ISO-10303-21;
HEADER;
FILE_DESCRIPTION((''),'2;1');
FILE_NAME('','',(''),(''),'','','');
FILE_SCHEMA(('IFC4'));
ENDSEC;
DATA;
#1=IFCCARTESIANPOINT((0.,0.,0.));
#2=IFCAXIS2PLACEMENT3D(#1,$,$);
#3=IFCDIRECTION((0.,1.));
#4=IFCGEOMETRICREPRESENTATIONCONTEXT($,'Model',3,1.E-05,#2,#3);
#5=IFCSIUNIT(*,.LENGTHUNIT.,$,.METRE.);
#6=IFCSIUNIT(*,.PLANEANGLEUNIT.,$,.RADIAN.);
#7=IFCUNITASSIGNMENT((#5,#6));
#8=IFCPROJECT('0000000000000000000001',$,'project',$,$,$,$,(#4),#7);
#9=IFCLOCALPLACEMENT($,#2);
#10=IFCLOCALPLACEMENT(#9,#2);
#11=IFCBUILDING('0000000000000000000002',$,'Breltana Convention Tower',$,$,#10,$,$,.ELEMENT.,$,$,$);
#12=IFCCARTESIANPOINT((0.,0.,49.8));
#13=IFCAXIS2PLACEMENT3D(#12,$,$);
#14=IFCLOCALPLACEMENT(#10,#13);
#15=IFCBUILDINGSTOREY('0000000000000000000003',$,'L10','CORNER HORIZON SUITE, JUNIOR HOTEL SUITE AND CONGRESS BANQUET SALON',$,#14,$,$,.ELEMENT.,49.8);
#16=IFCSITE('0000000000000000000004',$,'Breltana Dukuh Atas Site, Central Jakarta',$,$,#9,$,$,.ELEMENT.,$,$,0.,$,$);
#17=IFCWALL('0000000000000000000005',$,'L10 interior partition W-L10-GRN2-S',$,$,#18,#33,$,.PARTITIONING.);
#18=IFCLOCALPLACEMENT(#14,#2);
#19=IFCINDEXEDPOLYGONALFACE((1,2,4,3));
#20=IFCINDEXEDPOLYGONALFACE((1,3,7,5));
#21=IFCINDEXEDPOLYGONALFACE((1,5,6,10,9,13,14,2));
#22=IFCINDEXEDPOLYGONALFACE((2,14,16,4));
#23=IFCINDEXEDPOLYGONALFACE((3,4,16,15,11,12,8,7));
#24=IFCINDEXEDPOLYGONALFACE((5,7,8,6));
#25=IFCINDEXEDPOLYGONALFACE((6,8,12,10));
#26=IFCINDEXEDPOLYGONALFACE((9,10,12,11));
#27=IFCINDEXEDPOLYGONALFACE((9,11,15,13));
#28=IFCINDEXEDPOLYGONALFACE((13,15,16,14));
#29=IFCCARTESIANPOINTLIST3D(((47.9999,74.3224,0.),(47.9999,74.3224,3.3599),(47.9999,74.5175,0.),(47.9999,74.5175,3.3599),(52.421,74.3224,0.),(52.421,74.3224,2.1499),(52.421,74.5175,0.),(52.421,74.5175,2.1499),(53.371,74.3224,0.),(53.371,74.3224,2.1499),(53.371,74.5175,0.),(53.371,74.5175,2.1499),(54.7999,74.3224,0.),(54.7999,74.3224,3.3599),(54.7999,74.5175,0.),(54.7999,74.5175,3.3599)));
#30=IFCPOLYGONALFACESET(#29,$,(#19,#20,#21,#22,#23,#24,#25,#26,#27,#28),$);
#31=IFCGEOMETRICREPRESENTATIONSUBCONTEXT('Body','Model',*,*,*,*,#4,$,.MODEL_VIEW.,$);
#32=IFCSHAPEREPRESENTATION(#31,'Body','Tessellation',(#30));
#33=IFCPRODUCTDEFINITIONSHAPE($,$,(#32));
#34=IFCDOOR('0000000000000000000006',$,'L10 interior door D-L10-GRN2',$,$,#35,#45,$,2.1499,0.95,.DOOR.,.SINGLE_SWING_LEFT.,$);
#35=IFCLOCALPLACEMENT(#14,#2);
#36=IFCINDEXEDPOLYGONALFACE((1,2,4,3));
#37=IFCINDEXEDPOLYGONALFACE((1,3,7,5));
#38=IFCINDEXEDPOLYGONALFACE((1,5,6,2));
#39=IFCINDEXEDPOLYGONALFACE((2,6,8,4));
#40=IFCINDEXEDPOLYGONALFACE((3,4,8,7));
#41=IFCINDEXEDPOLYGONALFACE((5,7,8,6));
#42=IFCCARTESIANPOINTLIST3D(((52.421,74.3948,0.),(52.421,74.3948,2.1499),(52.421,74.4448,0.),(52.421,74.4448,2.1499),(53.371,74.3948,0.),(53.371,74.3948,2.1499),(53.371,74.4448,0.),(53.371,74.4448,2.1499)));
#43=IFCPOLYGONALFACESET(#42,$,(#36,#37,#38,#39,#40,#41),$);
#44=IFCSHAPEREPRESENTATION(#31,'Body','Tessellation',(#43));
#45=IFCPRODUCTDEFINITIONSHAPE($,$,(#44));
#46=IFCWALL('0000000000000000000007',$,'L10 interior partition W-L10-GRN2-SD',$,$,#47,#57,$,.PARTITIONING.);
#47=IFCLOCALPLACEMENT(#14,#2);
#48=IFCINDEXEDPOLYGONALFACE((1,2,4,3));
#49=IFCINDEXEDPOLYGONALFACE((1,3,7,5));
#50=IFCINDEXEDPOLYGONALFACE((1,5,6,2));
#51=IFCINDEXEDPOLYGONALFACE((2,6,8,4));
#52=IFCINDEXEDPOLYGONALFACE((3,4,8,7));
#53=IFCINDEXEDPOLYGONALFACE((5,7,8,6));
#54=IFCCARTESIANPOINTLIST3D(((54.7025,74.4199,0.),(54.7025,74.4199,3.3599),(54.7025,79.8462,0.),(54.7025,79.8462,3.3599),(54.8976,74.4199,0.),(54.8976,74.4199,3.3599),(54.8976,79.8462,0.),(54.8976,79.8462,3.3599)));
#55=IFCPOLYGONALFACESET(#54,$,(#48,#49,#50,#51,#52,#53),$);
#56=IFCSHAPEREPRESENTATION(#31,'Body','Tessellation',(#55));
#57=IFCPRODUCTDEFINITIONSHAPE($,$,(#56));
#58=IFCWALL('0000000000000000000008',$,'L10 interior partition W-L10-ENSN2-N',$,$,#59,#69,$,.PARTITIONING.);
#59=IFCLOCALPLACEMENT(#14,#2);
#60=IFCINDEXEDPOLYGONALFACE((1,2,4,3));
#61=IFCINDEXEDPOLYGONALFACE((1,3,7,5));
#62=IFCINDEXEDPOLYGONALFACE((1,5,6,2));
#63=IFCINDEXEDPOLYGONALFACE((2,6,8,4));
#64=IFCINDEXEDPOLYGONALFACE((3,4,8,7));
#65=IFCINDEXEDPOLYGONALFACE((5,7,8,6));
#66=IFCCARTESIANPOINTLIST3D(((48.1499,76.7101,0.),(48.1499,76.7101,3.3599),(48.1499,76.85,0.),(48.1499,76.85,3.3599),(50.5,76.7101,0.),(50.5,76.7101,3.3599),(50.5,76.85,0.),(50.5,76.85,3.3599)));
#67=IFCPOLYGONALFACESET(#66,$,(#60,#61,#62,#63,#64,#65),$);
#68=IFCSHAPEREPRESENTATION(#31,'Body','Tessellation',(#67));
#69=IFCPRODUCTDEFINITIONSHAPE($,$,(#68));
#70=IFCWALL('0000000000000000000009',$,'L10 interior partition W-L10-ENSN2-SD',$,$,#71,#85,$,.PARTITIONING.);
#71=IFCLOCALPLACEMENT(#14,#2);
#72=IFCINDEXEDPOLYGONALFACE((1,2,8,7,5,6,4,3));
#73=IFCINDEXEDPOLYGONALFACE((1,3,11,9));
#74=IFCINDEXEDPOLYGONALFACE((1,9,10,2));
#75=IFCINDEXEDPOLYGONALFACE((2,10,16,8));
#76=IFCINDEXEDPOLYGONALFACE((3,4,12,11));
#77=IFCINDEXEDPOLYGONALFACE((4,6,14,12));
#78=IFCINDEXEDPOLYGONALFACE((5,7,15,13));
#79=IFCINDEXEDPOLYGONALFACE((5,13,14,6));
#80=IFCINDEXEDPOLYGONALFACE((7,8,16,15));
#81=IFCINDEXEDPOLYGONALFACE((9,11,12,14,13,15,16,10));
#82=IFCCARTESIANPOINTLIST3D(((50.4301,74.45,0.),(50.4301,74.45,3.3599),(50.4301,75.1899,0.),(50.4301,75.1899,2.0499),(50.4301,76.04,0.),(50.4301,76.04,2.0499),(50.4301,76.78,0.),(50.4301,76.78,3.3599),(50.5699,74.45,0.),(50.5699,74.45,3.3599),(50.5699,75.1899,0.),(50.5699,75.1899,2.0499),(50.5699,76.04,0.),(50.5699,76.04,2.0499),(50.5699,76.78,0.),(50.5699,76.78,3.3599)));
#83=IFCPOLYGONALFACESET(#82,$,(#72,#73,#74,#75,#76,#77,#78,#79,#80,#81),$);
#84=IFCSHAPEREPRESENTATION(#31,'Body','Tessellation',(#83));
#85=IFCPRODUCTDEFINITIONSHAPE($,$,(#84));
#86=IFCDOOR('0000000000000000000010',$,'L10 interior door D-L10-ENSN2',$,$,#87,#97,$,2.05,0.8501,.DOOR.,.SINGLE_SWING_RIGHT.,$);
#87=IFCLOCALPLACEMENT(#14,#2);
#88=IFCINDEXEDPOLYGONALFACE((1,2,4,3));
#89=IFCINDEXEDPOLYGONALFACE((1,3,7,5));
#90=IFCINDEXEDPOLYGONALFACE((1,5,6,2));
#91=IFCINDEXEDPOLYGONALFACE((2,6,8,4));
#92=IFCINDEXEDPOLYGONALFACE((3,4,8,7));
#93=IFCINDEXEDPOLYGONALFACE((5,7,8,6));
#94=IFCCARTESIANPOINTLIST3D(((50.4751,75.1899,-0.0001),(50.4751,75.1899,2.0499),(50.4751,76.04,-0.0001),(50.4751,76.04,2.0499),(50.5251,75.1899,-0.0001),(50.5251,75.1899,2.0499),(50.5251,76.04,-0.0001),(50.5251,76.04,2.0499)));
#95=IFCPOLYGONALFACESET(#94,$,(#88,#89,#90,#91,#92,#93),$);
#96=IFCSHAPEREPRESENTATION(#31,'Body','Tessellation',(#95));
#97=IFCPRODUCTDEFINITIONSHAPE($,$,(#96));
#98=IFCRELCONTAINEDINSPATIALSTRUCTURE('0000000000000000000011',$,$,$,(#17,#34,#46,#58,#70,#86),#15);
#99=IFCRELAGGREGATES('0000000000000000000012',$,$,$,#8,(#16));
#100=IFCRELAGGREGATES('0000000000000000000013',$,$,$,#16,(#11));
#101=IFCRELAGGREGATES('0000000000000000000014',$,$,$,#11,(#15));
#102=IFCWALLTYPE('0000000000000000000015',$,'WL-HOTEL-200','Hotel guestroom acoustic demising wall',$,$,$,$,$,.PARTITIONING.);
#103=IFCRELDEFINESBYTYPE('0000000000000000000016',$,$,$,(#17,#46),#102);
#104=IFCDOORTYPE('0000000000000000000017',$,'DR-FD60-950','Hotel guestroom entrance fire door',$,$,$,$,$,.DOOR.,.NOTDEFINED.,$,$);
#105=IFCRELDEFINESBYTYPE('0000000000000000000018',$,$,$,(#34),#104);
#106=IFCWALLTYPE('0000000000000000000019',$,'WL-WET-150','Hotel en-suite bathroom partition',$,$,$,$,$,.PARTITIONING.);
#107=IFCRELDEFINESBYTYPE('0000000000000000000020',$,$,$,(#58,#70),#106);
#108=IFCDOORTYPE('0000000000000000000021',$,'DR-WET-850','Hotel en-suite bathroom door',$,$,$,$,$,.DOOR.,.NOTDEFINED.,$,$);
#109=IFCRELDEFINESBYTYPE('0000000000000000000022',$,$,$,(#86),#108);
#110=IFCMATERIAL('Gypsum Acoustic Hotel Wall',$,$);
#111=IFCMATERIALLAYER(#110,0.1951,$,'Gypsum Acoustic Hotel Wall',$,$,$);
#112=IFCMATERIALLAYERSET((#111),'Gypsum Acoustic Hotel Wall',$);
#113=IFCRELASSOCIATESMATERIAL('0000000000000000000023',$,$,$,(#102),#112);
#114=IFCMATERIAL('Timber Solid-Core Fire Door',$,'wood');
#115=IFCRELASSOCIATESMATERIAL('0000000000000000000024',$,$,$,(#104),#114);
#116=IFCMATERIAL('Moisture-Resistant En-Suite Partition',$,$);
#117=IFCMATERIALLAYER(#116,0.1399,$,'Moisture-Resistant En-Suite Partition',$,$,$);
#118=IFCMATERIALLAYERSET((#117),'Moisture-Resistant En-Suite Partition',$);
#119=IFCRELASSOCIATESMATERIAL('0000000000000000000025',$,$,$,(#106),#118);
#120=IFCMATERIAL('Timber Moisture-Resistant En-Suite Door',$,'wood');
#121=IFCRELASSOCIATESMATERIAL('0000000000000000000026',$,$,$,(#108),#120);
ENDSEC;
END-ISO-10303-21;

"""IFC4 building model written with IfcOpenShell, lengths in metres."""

from ifc_helpers import new_model, si_unit, direction, frame, frame_2d, origin, place, context, subcontext, project, spatial, rectangle, extrude, source, transform, mapped, material, layer, layer_set, type_object, type_shapes, element, fill, save


model = new_model("IFC4")

# Units and contexts
model_context = context("Model", 3, precision=1e-05, world=origin(), true_north=direction((0.0, 1.0)))
body_context = subcontext(model_context, "Body", "Model", "MODEL_VIEW")
ifc_project = project(units=[si_unit("LENGTHUNIT", "METRE"), si_unit("PLANEANGLEUNIT", "RADIAN")], contexts=[model_context])

# Site, building, storey
site_placement = place(None, origin())
site = spatial("IfcSite", under=ifc_project, at=site_placement, Name="Breltana Dukuh Atas Site, Central Jakarta", CompositionType="ELEMENT", RefElevation=0.0)
building_placement = place(site_placement, origin())
building = spatial("IfcBuilding", under=site, at=building_placement, Name="Breltana Convention Tower", CompositionType="ELEMENT")
storey_placement = place(building_placement, frame((0.0, 0.0, 49.8)))
storey = spatial("IfcBuildingStorey", under=building, at=storey_placement, Name="L10", Description="CORNER HORIZON SUITE, JUNIOR HOTEL SUITE AND CONGRESS BANQUET SALON", CompositionType="ELEMENT", Elevation=49.8)

# Shared definitions
ifc_material_1 = material(Name="Gypsum Acoustic Hotel Wall")
ifc_layer_1 = layer(ifc_material_1, 0.1951, Name="Gypsum Acoustic Hotel Wall")
ifc_layer_set_1 = layer_set([ifc_layer_1], Name="Gypsum Acoustic Hotel Wall")
wall_type_1 = type_object("IfcWallType", Name="WL-HOTEL-200", Description="Hotel guestroom acoustic demising wall", PredefinedType="PARTITIONING", material=ifc_layer_set_1)

# Wall, opening, door
shared_shape_1 = source(origin(), body_context, "Body", "SweptSolid", [
    extrude(rectangle(XDim=6.8, YDim=0.1951, at=frame_2d((3.3999, 0.0))), origin(), (0.0, 0.0, 1.0), 3.3599),
])
wall_1_placement = place(storey_placement, frame((48.0, 74.4199, 0.0), z_axis=(0.0, 0.0, 1.0), x_axis=(1.0, 0.0, 0.0)))
wall_1 = element("IfcWall", 1, at=wall_1_placement, inside=storey, type_object=wall_type_1, Name="L10 interior partition W-L10-GRN2-S", PredefinedType="PARTITIONING", context=body_context, shape_type="MappedRepresentation", body=[
    mapped(shared_shape_1, transform((0.0, 0.0, 0.0), scale=1.0)),
])
opening_1_placement = place(wall_1_placement, frame((4.4209, 0.0, 0.0)))
opening_1 = element("IfcOpeningElement", 2, at=opening_1_placement, cuts=wall_1, PredefinedType="OPENING", context=body_context, shape_type="SweptSolid", body=[
    extrude(rectangle(XDim=0.95, YDim=2.1499, at=frame_2d((0.4751, 1.075))), frame((0.0, 0.1074, 0.0), z_axis=(0.0, -1.0, 0.0), x_axis=(1.0, 0.0, 0.0)), (0.0, 0.0, 1.0), 0.2151),
])
ifc_material_2 = material(Name="Timber Solid-Core Fire Door", Category="wood")
door_type_1 = type_object("IfcDoorType", Name="DR-FD60-950", Description="Hotel guestroom entrance fire door", OperationType="NOTDEFINED", PredefinedType="DOOR", material=ifc_material_2)
shared_shape_2 = source(origin(), body_context, "Body", "SweptSolid", [
    extrude(rectangle(XDim=0.95, YDim=2.1499, at=frame_2d((0.4751, 1.075))), frame((0.0, 0.0249, 0.0), z_axis=(0.0, -1.0, 0.0), x_axis=(1.0, 0.0, 0.0)), (0.0, 0.0, 1.0), 0.05),
])
type_shapes(door_type_1, [shared_shape_2])
door_1_placement = place(opening_1_placement, origin())
door_1 = element("IfcDoor", 3, at=door_1_placement, inside=storey, type_object=door_type_1, Name="L10 interior door D-L10-GRN2", OperationType="SINGLE_SWING_LEFT", OverallHeight=2.1499, OverallWidth=0.95, PredefinedType="DOOR", context=body_context, shape_type="MappedRepresentation", body=[
    mapped(shared_shape_2, transform((0.0, 0.0, 0.0), scale=1.0)),
])
fill(opening_1, door_1)

# Walls
shared_shape_3 = source(origin(), body_context, "Body", "SweptSolid", [
    extrude(rectangle(XDim=5.4263, YDim=0.1951, at=frame_2d((2.7131, 0.0))), origin(), (0.0, 0.0, 1.0), 3.3599),
])
wall_2_placement = place(storey_placement, frame((54.8, 74.4199, 0.0), z_axis=(0.0, 0.0, 1.0), x_axis=(0.0, 1.0, 0.0)))
element("IfcWall", 4, at=wall_2_placement, inside=storey, type_object=wall_type_1, Name="L10 interior partition W-L10-GRN2-SD", PredefinedType="PARTITIONING", context=body_context, shape_type="MappedRepresentation", body=[
    mapped(shared_shape_3, transform((0.0, 0.0, 0.0), scale=1.0)),
])
ifc_material_3 = material(Name="Moisture-Resistant En-Suite Partition")
ifc_layer_2 = layer(ifc_material_3, 0.1399, Name="Moisture-Resistant En-Suite Partition")
ifc_layer_set_2 = layer_set([ifc_layer_2], Name="Moisture-Resistant En-Suite Partition")
wall_type_2 = type_object("IfcWallType", Name="WL-WET-150", Description="Hotel en-suite bathroom partition", PredefinedType="PARTITIONING", material=ifc_layer_set_2)
shared_shape_4 = source(origin(), body_context, "Body", "SweptSolid", [
    extrude(rectangle(XDim=2.3501, YDim=0.1399, at=frame_2d((1.175, 0.0))), origin(), (0.0, 0.0, 1.0), 3.3599),
])
wall_3_placement = place(storey_placement, frame((48.1499, 76.78, 0.0), z_axis=(0.0, 0.0, 1.0), x_axis=(1.0, 0.0, 0.0)))
element("IfcWall", 5, at=wall_3_placement, inside=storey, type_object=wall_type_2, Name="L10 interior partition W-L10-ENSN2-N", PredefinedType="PARTITIONING", context=body_context, shape_type="MappedRepresentation", body=[
    mapped(shared_shape_4, transform((0.0, 0.0, 0.0), scale=1.0)),
])

# Wall, opening, door
shared_shape_5 = source(origin(), body_context, "Body", "SweptSolid", [
    extrude(rectangle(XDim=2.3301, YDim=0.1399, at=frame_2d((1.165, 0.0))), origin(), (0.0, 0.0, 1.0), 3.3599),
])
wall_4_placement = place(storey_placement, frame((50.5, 74.45, 0.0), z_axis=(0.0, 0.0, 1.0), x_axis=(0.0, 1.0, 0.0)))
wall_4 = element("IfcWall", 6, at=wall_4_placement, inside=storey, type_object=wall_type_2, Name="L10 interior partition W-L10-ENSN2-SD", PredefinedType="PARTITIONING", context=body_context, shape_type="MappedRepresentation", body=[
    mapped(shared_shape_5, transform((0.0, 0.0, 0.0), scale=1.0)),
])
opening_2_placement = place(wall_4_placement, frame((0.74, 0.0, 0.0)))
opening_2 = element("IfcOpeningElement", 7, at=opening_2_placement, cuts=wall_4, PredefinedType="OPENING", context=body_context, shape_type="SweptSolid", body=[
    extrude(rectangle(XDim=0.8501, YDim=2.05, at=frame_2d((0.425, 1.0249))), frame((0.0, 0.0801, 0.0), z_axis=(0.0, -1.0, 0.0), x_axis=(1.0, 0.0, 0.0)), (0.0, 0.0, 1.0), 0.1599),
])
ifc_material_4 = material(Name="Timber Moisture-Resistant En-Suite Door", Category="wood")
door_type_2 = type_object("IfcDoorType", Name="DR-WET-850", Description="Hotel en-suite bathroom door", OperationType="NOTDEFINED", PredefinedType="DOOR", material=ifc_material_4)
shared_shape_6 = source(origin(), body_context, "Body", "SweptSolid", [
    extrude(rectangle(XDim=0.8501, YDim=2.05, at=frame_2d((0.425, 1.0249))), frame((0.0, 0.0249, 0.0), z_axis=(0.0, -1.0, 0.0), x_axis=(1.0, 0.0, 0.0)), (0.0, 0.0, 1.0), 0.05),
])
type_shapes(door_type_2, [shared_shape_6])
door_2_placement = place(opening_2_placement, origin())
door_2 = element("IfcDoor", 8, at=door_2_placement, inside=storey, type_object=door_type_2, Name="L10 interior door D-L10-ENSN2", OperationType="SINGLE_SWING_RIGHT", OverallHeight=2.05, OverallWidth=0.8501, PredefinedType="DOOR", context=body_context, shape_type="MappedRepresentation", body=[
    mapped(shared_shape_6, transform((0.0, 0.0, 0.0), scale=1.0)),
])
fill(opening_2, door_2)

save(model, "model.ifc")
